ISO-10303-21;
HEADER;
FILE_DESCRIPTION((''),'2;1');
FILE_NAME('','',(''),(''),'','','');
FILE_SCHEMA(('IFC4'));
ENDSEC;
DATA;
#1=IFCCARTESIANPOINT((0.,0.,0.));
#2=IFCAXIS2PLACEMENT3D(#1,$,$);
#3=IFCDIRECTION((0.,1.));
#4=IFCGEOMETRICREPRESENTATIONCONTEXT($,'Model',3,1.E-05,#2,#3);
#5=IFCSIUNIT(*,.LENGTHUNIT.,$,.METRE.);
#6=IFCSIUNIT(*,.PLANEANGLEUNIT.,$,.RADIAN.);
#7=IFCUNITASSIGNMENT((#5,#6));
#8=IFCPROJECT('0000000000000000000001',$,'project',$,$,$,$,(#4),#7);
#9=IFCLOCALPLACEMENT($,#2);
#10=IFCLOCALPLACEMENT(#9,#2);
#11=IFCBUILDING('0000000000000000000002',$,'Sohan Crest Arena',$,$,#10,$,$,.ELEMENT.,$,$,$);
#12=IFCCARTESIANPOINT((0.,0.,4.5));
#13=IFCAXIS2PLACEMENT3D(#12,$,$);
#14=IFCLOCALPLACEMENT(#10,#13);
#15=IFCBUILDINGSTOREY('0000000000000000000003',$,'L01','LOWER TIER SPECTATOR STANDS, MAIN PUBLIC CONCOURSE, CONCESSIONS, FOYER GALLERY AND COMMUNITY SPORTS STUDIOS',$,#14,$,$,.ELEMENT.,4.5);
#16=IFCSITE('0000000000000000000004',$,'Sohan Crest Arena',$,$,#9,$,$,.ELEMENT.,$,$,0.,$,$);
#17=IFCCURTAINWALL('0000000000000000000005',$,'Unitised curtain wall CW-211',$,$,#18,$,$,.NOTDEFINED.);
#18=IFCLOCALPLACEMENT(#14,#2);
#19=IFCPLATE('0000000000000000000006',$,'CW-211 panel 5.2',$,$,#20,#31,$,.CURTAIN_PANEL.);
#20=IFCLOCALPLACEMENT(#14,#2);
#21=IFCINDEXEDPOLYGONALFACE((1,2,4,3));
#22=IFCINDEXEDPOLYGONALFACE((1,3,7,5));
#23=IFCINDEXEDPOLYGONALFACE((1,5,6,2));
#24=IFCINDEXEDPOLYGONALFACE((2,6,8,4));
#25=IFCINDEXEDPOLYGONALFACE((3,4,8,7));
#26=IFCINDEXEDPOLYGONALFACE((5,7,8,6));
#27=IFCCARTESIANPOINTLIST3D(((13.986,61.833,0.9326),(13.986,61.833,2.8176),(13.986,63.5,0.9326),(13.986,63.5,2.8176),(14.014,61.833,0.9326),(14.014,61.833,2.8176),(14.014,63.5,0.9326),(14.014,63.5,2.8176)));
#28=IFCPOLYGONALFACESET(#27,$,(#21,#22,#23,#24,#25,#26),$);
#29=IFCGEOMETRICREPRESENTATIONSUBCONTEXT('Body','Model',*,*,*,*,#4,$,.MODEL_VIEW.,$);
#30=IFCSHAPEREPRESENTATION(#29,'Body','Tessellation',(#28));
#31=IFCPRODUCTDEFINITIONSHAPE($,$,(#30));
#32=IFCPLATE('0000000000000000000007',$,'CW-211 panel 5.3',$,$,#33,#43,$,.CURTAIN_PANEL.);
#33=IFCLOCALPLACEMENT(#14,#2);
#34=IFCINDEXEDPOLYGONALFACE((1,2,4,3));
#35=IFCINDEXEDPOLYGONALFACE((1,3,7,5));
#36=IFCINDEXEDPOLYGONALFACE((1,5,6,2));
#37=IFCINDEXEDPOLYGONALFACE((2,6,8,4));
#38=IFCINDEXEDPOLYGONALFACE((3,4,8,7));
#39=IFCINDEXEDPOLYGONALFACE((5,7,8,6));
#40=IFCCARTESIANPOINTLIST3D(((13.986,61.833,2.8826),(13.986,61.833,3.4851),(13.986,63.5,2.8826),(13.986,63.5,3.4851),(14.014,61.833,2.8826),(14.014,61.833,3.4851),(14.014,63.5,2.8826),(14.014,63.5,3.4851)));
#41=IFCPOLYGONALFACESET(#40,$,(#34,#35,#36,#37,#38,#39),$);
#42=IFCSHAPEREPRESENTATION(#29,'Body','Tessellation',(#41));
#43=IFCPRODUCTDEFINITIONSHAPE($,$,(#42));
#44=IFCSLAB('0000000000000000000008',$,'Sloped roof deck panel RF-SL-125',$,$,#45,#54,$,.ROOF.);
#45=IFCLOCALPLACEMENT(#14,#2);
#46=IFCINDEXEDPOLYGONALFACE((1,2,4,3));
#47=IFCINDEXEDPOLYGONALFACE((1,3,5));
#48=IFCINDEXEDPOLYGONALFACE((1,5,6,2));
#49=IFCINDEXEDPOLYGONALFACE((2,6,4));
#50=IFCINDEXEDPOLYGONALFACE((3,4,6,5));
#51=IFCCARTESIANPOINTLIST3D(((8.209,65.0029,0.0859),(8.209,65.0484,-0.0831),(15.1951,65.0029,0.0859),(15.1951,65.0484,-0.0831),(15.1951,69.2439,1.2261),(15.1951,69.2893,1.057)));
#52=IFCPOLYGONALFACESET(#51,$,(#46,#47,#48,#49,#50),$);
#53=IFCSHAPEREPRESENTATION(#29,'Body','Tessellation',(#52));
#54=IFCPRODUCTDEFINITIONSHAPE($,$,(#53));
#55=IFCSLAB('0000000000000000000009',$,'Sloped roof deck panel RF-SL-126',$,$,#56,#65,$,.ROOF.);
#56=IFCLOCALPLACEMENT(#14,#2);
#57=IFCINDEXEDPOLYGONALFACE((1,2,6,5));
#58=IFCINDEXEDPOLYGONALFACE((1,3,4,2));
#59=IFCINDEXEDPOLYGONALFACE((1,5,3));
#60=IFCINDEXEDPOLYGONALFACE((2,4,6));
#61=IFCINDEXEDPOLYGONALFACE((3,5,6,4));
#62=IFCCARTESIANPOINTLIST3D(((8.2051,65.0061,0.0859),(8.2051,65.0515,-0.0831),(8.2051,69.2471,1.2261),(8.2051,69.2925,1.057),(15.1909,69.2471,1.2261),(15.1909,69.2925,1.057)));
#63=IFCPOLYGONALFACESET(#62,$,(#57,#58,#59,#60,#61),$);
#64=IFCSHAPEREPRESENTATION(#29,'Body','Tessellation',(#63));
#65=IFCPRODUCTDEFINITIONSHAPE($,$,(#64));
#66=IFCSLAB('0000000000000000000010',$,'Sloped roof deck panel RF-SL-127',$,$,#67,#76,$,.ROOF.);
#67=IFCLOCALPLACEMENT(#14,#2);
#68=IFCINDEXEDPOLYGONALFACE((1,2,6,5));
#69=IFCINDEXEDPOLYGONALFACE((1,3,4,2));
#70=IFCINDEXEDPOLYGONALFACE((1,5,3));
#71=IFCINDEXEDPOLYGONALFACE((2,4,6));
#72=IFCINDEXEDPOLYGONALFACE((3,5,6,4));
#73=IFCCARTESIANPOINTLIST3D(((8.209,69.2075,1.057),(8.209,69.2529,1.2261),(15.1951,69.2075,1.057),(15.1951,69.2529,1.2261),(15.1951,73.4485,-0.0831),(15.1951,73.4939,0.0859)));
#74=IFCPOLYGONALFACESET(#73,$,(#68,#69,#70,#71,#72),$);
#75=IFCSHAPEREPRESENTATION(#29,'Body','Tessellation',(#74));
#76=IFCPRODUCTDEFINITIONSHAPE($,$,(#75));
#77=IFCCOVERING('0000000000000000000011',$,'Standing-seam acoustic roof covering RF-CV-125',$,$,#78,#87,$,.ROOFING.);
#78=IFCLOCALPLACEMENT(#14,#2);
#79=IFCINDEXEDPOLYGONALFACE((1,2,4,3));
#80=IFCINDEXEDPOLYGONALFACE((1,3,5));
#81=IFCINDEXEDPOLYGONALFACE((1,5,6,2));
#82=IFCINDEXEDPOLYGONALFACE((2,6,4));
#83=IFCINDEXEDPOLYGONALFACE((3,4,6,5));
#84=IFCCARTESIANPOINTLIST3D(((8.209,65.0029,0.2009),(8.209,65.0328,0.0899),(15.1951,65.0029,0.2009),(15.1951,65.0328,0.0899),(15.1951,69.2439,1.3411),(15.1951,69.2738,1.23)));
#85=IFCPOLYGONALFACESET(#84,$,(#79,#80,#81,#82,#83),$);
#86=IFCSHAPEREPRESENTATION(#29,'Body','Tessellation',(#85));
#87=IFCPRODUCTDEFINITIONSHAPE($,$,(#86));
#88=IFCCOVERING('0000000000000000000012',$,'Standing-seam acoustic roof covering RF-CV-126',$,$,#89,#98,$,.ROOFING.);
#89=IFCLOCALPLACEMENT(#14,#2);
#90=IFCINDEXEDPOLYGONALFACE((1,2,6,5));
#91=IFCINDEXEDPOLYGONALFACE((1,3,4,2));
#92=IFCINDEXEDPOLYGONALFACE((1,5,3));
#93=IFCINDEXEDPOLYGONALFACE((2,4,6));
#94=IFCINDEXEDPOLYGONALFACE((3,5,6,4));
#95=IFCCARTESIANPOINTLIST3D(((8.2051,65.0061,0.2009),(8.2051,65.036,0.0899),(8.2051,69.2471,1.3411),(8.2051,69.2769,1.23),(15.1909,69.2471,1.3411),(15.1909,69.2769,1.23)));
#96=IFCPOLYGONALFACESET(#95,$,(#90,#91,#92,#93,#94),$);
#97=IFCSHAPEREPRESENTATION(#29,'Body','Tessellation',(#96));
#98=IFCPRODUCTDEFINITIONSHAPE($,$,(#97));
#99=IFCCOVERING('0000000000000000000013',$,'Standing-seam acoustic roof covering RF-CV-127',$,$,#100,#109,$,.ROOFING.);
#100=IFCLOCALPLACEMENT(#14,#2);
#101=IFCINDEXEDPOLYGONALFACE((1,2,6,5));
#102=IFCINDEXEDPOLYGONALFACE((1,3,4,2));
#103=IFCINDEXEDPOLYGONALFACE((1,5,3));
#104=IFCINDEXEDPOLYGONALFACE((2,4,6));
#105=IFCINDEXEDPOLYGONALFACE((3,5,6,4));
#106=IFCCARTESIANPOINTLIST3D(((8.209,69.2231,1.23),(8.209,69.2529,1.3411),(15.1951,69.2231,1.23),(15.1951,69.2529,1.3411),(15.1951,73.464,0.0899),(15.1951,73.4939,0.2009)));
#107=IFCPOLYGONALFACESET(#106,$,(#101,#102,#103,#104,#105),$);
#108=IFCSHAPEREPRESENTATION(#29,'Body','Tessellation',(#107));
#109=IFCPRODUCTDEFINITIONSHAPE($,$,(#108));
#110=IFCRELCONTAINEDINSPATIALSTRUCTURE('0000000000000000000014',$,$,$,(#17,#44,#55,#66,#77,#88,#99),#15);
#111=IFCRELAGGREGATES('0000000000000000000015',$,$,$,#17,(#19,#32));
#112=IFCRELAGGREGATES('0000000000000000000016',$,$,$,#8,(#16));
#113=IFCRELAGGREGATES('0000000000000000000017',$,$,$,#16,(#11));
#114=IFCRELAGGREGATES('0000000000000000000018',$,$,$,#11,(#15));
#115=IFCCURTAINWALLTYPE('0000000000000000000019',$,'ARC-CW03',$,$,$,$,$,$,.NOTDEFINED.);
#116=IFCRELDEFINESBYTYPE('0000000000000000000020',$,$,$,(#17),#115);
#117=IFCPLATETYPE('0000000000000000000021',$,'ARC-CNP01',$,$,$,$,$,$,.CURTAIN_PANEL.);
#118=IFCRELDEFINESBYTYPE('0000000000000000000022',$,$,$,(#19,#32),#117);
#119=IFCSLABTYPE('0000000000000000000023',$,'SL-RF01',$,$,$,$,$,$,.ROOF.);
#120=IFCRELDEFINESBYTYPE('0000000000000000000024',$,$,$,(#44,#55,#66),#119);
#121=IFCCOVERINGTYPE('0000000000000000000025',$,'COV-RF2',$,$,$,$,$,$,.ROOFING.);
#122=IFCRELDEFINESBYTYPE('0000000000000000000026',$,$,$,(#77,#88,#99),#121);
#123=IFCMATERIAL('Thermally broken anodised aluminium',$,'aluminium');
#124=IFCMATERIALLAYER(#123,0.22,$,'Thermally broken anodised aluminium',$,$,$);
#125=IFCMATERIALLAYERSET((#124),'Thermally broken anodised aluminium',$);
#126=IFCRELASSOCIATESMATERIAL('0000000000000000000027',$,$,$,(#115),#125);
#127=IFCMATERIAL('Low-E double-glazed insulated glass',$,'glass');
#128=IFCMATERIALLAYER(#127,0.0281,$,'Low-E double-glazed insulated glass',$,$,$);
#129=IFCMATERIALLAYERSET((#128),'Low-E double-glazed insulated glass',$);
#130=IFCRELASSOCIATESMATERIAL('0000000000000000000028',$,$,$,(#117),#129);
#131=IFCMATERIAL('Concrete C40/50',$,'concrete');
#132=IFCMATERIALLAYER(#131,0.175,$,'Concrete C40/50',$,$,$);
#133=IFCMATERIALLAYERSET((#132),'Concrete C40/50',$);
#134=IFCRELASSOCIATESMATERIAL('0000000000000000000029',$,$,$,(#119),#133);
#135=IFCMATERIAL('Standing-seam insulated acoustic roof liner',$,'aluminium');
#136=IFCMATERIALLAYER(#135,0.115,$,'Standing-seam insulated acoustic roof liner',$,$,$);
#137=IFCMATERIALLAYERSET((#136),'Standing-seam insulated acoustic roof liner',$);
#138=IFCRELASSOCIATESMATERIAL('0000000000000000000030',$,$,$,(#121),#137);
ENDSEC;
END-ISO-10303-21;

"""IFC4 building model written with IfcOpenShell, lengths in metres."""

from ifc_helpers import new_model, si_unit, direction, frame, origin, origin_2d, place, context, subcontext, project, spatial, polyline, rectangle, outline, extrude, material, layer, layer_set, type_object, element, aggregate, save


model = new_model("IFC4")

# Units and contexts
model_context = context("Model", 3, precision=1e-05, world=origin(), true_north=direction((0.0, 1.0)))
body_context = subcontext(model_context, "Body", "Model", "MODEL_VIEW")
ifc_project = project(units=[si_unit("LENGTHUNIT", "METRE"), si_unit("PLANEANGLEUNIT", "RADIAN")], contexts=[model_context])

# Site, building, storey
site_placement = place(None, origin())
site = spatial("IfcSite", under=ifc_project, at=site_placement, Name="Sohan Crest Arena", CompositionType="ELEMENT", RefElevation=0.0)
building_placement = place(site_placement, origin())
building = spatial("IfcBuilding", under=site, at=building_placement, Name="Sohan Crest Arena", CompositionType="ELEMENT")
storey_placement = place(building_placement, frame((0.0, 0.0, 4.5)))
storey = spatial("IfcBuildingStorey", under=building, at=storey_placement, Name="L01", Description="LOWER TIER SPECTATOR STANDS, MAIN PUBLIC CONCOURSE, CONCESSIONS, FOYER GALLERY AND COMMUNITY SPORTS STUDIOS", CompositionType="ELEMENT", Elevation=4.5)

# Curtain wall, plates
ifc_material_1 = material(Name="Thermally broken anodised aluminium", Category="aluminium")
ifc_layer_1 = layer(ifc_material_1, 0.22, Name="Thermally broken anodised aluminium")
ifc_layer_set_1 = layer_set([ifc_layer_1], Name="Thermally broken anodised aluminium")
curtain_wall_type = type_object("IfcCurtainWallType", Name="ARC-CW03", PredefinedType="NOTDEFINED", material=ifc_layer_set_1)
curtain_wall_placement = place(storey_placement, origin())
curtain_wall = element("IfcCurtainWall", 1, at=curtain_wall_placement, inside=storey, type_object=curtain_wall_type, Name="Unitised curtain wall CW-211", PredefinedType="NOTDEFINED")
ifc_material_2 = material(Name="Low-E double-glazed insulated glass", Category="glass")
ifc_layer_2 = layer(ifc_material_2, 0.0281, Name="Low-E double-glazed insulated glass")
ifc_layer_set_2 = layer_set([ifc_layer_2], Name="Low-E double-glazed insulated glass")
plate_type = type_object("IfcPlateType", Name="ARC-CNP01", PredefinedType="CURTAIN_PANEL", material=ifc_layer_set_2)
plate_1_placement = place(storey_placement, frame((14.0, 62.6665, 0.9326), z_axis=(0.0, 0.0, 1.0), x_axis=(0.0, -1.0, 0.0)))
plate_1 = element("IfcPlate", 2, at=plate_1_placement, type_object=plate_type, Name="CW-211 panel 5.2", PredefinedType="CURTAIN_PANEL", context=body_context, shape_type="SweptSolid", body=[
    extrude(rectangle(XDim=1.667, YDim=0.0281, at=origin_2d()), origin(), (0.0, 0.0, 1.0), 1.885),
])
plate_2_placement = place(storey_placement, frame((14.0, 62.6665, 2.8826), z_axis=(0.0, 0.0, 1.0), x_axis=(0.0, -1.0, 0.0)))
plate_2 = element("IfcPlate", 3, at=plate_2_placement, type_object=plate_type, Name="CW-211 panel 5.3", PredefinedType="CURTAIN_PANEL", context=body_context, shape_type="SweptSolid", body=[
    extrude(rectangle(XDim=1.667, YDim=0.0281, at=origin_2d()), origin(), (0.0, 0.0, 1.0), 0.6025),
])
aggregate(curtain_wall, [plate_1, plate_2])

# Slabs
ifc_material_3 = material(Name="Concrete C40/50", Category="concrete")
ifc_layer_3 = layer(ifc_material_3, 0.175, Name="Concrete C40/50")
ifc_layer_set_3 = layer_set([ifc_layer_3], Name="Concrete C40/50")
slab_type = type_object("IfcSlabType", Name="SL-RF01", PredefinedType="ROOF", material=ifc_layer_set_3)
slab_1_placement = place(storey_placement, frame((8.209, 65.0029, 0.0859), z_axis=(0.0, -0.259621, 0.965711), x_axis=(1.0, 0.0, 0.0)))
element("IfcSlab", 4, at=slab_1_placement, inside=storey, type_object=slab_type, Name="Sloped roof deck panel RF-SL-125", PredefinedType="ROOF", context=body_context, shape_type="SweptSolid", body=[
    extrude(outline(polyline([(0.0, 0.0), (6.9861, 0.0), (6.9861, 4.3915), (0.0, 0.0)])), origin(), (0.0, 0.0, -1.0), 0.175),
])
slab_2_placement = place(storey_placement, frame((8.2051, 65.0061, 0.0859), z_axis=(0.0, -0.259621, 0.965711), x_axis=(0.846612, 0.513962, 0.138173)))
element("IfcSlab", 5, at=slab_2_placement, inside=storey, type_object=slab_type, Name="Sloped roof deck panel RF-SL-126", PredefinedType="ROOF", context=body_context, shape_type="SweptSolid", body=[
    extrude(outline(polyline([(0.0, 0.0), (8.2515, 0.0), (2.3372, 3.7179), (0.0, 0.0)])), origin(), (0.0, 0.0, -1.0), 0.175),
])
slab_3_placement = place(storey_placement, frame((8.209, 69.2529, 1.2261), z_axis=(0.0, 0.259621, 0.965711), x_axis=(1.0, 0.0, 0.0)))
element("IfcSlab", 6, at=slab_3_placement, inside=storey, type_object=slab_type, Name="Sloped roof deck panel RF-SL-127", PredefinedType="ROOF", context=body_context, shape_type="SweptSolid", body=[
    extrude(outline(polyline([(0.0, 0.0), (6.9861, 0.0), (6.9861, 4.3915), (0.0, 0.0)])), origin(), (0.0, 0.0, -1.0), 0.175),
])

# Coverings
ifc_material_4 = material(Name="Standing-seam insulated acoustic roof liner", Category="aluminium")
ifc_layer_4 = layer(ifc_material_4, 0.115, Name="Standing-seam insulated acoustic roof liner")
ifc_layer_set_4 = layer_set([ifc_layer_4], Name="Standing-seam insulated acoustic roof liner")
covering_type = type_object("IfcCoveringType", Name="COV-RF2", PredefinedType="ROOFING", material=ifc_layer_set_4)
covering_1_placement = place(storey_placement, frame((8.209, 65.0029, 0.2009), z_axis=(0.0, -0.259621, 0.965711), x_axis=(1.0, 0.0, 0.0)))
element("IfcCovering", 7, at=covering_1_placement, inside=storey, type_object=covering_type, Name="Standing-seam acoustic roof covering RF-CV-125", PredefinedType="ROOFING", context=body_context, shape_type="SweptSolid", body=[
    extrude(outline(polyline([(0.0, 0.0), (6.9861, 0.0), (6.9861, 4.3915), (0.0, 0.0)])), origin(), (0.0, 0.0, -1.0), 0.115),
])
covering_2_placement = place(storey_placement, frame((8.2051, 65.0061, 0.2009), z_axis=(0.0, -0.259621, 0.965711), x_axis=(0.846612, 0.513962, 0.138173)))
element("IfcCovering", 8, at=covering_2_placement, inside=storey, type_object=covering_type, Name="Standing-seam acoustic roof covering RF-CV-126", PredefinedType="ROOFING", context=body_context, shape_type="SweptSolid", body=[
    extrude(outline(polyline([(0.0, 0.0), (8.2515, 0.0), (2.3372, 3.7179), (0.0, 0.0)])), origin(), (0.0, 0.0, -1.0), 0.115),
])
covering_3_placement = place(storey_placement, frame((8.209, 69.2529, 1.3411), z_axis=(0.0, 0.259621, 0.965711), x_axis=(1.0, 0.0, 0.0)))
element("IfcCovering", 9, at=covering_3_placement, inside=storey, type_object=covering_type, Name="Standing-seam acoustic roof covering RF-CV-127", PredefinedType="ROOFING", context=body_context, shape_type="SweptSolid", body=[
    extrude(outline(polyline([(0.0, 0.0), (6.9861, 0.0), (6.9861, 4.3915), (0.0, 0.0)])), origin(), (0.0, 0.0, -1.0), 0.115),
])

save(model, "model.ifc")
